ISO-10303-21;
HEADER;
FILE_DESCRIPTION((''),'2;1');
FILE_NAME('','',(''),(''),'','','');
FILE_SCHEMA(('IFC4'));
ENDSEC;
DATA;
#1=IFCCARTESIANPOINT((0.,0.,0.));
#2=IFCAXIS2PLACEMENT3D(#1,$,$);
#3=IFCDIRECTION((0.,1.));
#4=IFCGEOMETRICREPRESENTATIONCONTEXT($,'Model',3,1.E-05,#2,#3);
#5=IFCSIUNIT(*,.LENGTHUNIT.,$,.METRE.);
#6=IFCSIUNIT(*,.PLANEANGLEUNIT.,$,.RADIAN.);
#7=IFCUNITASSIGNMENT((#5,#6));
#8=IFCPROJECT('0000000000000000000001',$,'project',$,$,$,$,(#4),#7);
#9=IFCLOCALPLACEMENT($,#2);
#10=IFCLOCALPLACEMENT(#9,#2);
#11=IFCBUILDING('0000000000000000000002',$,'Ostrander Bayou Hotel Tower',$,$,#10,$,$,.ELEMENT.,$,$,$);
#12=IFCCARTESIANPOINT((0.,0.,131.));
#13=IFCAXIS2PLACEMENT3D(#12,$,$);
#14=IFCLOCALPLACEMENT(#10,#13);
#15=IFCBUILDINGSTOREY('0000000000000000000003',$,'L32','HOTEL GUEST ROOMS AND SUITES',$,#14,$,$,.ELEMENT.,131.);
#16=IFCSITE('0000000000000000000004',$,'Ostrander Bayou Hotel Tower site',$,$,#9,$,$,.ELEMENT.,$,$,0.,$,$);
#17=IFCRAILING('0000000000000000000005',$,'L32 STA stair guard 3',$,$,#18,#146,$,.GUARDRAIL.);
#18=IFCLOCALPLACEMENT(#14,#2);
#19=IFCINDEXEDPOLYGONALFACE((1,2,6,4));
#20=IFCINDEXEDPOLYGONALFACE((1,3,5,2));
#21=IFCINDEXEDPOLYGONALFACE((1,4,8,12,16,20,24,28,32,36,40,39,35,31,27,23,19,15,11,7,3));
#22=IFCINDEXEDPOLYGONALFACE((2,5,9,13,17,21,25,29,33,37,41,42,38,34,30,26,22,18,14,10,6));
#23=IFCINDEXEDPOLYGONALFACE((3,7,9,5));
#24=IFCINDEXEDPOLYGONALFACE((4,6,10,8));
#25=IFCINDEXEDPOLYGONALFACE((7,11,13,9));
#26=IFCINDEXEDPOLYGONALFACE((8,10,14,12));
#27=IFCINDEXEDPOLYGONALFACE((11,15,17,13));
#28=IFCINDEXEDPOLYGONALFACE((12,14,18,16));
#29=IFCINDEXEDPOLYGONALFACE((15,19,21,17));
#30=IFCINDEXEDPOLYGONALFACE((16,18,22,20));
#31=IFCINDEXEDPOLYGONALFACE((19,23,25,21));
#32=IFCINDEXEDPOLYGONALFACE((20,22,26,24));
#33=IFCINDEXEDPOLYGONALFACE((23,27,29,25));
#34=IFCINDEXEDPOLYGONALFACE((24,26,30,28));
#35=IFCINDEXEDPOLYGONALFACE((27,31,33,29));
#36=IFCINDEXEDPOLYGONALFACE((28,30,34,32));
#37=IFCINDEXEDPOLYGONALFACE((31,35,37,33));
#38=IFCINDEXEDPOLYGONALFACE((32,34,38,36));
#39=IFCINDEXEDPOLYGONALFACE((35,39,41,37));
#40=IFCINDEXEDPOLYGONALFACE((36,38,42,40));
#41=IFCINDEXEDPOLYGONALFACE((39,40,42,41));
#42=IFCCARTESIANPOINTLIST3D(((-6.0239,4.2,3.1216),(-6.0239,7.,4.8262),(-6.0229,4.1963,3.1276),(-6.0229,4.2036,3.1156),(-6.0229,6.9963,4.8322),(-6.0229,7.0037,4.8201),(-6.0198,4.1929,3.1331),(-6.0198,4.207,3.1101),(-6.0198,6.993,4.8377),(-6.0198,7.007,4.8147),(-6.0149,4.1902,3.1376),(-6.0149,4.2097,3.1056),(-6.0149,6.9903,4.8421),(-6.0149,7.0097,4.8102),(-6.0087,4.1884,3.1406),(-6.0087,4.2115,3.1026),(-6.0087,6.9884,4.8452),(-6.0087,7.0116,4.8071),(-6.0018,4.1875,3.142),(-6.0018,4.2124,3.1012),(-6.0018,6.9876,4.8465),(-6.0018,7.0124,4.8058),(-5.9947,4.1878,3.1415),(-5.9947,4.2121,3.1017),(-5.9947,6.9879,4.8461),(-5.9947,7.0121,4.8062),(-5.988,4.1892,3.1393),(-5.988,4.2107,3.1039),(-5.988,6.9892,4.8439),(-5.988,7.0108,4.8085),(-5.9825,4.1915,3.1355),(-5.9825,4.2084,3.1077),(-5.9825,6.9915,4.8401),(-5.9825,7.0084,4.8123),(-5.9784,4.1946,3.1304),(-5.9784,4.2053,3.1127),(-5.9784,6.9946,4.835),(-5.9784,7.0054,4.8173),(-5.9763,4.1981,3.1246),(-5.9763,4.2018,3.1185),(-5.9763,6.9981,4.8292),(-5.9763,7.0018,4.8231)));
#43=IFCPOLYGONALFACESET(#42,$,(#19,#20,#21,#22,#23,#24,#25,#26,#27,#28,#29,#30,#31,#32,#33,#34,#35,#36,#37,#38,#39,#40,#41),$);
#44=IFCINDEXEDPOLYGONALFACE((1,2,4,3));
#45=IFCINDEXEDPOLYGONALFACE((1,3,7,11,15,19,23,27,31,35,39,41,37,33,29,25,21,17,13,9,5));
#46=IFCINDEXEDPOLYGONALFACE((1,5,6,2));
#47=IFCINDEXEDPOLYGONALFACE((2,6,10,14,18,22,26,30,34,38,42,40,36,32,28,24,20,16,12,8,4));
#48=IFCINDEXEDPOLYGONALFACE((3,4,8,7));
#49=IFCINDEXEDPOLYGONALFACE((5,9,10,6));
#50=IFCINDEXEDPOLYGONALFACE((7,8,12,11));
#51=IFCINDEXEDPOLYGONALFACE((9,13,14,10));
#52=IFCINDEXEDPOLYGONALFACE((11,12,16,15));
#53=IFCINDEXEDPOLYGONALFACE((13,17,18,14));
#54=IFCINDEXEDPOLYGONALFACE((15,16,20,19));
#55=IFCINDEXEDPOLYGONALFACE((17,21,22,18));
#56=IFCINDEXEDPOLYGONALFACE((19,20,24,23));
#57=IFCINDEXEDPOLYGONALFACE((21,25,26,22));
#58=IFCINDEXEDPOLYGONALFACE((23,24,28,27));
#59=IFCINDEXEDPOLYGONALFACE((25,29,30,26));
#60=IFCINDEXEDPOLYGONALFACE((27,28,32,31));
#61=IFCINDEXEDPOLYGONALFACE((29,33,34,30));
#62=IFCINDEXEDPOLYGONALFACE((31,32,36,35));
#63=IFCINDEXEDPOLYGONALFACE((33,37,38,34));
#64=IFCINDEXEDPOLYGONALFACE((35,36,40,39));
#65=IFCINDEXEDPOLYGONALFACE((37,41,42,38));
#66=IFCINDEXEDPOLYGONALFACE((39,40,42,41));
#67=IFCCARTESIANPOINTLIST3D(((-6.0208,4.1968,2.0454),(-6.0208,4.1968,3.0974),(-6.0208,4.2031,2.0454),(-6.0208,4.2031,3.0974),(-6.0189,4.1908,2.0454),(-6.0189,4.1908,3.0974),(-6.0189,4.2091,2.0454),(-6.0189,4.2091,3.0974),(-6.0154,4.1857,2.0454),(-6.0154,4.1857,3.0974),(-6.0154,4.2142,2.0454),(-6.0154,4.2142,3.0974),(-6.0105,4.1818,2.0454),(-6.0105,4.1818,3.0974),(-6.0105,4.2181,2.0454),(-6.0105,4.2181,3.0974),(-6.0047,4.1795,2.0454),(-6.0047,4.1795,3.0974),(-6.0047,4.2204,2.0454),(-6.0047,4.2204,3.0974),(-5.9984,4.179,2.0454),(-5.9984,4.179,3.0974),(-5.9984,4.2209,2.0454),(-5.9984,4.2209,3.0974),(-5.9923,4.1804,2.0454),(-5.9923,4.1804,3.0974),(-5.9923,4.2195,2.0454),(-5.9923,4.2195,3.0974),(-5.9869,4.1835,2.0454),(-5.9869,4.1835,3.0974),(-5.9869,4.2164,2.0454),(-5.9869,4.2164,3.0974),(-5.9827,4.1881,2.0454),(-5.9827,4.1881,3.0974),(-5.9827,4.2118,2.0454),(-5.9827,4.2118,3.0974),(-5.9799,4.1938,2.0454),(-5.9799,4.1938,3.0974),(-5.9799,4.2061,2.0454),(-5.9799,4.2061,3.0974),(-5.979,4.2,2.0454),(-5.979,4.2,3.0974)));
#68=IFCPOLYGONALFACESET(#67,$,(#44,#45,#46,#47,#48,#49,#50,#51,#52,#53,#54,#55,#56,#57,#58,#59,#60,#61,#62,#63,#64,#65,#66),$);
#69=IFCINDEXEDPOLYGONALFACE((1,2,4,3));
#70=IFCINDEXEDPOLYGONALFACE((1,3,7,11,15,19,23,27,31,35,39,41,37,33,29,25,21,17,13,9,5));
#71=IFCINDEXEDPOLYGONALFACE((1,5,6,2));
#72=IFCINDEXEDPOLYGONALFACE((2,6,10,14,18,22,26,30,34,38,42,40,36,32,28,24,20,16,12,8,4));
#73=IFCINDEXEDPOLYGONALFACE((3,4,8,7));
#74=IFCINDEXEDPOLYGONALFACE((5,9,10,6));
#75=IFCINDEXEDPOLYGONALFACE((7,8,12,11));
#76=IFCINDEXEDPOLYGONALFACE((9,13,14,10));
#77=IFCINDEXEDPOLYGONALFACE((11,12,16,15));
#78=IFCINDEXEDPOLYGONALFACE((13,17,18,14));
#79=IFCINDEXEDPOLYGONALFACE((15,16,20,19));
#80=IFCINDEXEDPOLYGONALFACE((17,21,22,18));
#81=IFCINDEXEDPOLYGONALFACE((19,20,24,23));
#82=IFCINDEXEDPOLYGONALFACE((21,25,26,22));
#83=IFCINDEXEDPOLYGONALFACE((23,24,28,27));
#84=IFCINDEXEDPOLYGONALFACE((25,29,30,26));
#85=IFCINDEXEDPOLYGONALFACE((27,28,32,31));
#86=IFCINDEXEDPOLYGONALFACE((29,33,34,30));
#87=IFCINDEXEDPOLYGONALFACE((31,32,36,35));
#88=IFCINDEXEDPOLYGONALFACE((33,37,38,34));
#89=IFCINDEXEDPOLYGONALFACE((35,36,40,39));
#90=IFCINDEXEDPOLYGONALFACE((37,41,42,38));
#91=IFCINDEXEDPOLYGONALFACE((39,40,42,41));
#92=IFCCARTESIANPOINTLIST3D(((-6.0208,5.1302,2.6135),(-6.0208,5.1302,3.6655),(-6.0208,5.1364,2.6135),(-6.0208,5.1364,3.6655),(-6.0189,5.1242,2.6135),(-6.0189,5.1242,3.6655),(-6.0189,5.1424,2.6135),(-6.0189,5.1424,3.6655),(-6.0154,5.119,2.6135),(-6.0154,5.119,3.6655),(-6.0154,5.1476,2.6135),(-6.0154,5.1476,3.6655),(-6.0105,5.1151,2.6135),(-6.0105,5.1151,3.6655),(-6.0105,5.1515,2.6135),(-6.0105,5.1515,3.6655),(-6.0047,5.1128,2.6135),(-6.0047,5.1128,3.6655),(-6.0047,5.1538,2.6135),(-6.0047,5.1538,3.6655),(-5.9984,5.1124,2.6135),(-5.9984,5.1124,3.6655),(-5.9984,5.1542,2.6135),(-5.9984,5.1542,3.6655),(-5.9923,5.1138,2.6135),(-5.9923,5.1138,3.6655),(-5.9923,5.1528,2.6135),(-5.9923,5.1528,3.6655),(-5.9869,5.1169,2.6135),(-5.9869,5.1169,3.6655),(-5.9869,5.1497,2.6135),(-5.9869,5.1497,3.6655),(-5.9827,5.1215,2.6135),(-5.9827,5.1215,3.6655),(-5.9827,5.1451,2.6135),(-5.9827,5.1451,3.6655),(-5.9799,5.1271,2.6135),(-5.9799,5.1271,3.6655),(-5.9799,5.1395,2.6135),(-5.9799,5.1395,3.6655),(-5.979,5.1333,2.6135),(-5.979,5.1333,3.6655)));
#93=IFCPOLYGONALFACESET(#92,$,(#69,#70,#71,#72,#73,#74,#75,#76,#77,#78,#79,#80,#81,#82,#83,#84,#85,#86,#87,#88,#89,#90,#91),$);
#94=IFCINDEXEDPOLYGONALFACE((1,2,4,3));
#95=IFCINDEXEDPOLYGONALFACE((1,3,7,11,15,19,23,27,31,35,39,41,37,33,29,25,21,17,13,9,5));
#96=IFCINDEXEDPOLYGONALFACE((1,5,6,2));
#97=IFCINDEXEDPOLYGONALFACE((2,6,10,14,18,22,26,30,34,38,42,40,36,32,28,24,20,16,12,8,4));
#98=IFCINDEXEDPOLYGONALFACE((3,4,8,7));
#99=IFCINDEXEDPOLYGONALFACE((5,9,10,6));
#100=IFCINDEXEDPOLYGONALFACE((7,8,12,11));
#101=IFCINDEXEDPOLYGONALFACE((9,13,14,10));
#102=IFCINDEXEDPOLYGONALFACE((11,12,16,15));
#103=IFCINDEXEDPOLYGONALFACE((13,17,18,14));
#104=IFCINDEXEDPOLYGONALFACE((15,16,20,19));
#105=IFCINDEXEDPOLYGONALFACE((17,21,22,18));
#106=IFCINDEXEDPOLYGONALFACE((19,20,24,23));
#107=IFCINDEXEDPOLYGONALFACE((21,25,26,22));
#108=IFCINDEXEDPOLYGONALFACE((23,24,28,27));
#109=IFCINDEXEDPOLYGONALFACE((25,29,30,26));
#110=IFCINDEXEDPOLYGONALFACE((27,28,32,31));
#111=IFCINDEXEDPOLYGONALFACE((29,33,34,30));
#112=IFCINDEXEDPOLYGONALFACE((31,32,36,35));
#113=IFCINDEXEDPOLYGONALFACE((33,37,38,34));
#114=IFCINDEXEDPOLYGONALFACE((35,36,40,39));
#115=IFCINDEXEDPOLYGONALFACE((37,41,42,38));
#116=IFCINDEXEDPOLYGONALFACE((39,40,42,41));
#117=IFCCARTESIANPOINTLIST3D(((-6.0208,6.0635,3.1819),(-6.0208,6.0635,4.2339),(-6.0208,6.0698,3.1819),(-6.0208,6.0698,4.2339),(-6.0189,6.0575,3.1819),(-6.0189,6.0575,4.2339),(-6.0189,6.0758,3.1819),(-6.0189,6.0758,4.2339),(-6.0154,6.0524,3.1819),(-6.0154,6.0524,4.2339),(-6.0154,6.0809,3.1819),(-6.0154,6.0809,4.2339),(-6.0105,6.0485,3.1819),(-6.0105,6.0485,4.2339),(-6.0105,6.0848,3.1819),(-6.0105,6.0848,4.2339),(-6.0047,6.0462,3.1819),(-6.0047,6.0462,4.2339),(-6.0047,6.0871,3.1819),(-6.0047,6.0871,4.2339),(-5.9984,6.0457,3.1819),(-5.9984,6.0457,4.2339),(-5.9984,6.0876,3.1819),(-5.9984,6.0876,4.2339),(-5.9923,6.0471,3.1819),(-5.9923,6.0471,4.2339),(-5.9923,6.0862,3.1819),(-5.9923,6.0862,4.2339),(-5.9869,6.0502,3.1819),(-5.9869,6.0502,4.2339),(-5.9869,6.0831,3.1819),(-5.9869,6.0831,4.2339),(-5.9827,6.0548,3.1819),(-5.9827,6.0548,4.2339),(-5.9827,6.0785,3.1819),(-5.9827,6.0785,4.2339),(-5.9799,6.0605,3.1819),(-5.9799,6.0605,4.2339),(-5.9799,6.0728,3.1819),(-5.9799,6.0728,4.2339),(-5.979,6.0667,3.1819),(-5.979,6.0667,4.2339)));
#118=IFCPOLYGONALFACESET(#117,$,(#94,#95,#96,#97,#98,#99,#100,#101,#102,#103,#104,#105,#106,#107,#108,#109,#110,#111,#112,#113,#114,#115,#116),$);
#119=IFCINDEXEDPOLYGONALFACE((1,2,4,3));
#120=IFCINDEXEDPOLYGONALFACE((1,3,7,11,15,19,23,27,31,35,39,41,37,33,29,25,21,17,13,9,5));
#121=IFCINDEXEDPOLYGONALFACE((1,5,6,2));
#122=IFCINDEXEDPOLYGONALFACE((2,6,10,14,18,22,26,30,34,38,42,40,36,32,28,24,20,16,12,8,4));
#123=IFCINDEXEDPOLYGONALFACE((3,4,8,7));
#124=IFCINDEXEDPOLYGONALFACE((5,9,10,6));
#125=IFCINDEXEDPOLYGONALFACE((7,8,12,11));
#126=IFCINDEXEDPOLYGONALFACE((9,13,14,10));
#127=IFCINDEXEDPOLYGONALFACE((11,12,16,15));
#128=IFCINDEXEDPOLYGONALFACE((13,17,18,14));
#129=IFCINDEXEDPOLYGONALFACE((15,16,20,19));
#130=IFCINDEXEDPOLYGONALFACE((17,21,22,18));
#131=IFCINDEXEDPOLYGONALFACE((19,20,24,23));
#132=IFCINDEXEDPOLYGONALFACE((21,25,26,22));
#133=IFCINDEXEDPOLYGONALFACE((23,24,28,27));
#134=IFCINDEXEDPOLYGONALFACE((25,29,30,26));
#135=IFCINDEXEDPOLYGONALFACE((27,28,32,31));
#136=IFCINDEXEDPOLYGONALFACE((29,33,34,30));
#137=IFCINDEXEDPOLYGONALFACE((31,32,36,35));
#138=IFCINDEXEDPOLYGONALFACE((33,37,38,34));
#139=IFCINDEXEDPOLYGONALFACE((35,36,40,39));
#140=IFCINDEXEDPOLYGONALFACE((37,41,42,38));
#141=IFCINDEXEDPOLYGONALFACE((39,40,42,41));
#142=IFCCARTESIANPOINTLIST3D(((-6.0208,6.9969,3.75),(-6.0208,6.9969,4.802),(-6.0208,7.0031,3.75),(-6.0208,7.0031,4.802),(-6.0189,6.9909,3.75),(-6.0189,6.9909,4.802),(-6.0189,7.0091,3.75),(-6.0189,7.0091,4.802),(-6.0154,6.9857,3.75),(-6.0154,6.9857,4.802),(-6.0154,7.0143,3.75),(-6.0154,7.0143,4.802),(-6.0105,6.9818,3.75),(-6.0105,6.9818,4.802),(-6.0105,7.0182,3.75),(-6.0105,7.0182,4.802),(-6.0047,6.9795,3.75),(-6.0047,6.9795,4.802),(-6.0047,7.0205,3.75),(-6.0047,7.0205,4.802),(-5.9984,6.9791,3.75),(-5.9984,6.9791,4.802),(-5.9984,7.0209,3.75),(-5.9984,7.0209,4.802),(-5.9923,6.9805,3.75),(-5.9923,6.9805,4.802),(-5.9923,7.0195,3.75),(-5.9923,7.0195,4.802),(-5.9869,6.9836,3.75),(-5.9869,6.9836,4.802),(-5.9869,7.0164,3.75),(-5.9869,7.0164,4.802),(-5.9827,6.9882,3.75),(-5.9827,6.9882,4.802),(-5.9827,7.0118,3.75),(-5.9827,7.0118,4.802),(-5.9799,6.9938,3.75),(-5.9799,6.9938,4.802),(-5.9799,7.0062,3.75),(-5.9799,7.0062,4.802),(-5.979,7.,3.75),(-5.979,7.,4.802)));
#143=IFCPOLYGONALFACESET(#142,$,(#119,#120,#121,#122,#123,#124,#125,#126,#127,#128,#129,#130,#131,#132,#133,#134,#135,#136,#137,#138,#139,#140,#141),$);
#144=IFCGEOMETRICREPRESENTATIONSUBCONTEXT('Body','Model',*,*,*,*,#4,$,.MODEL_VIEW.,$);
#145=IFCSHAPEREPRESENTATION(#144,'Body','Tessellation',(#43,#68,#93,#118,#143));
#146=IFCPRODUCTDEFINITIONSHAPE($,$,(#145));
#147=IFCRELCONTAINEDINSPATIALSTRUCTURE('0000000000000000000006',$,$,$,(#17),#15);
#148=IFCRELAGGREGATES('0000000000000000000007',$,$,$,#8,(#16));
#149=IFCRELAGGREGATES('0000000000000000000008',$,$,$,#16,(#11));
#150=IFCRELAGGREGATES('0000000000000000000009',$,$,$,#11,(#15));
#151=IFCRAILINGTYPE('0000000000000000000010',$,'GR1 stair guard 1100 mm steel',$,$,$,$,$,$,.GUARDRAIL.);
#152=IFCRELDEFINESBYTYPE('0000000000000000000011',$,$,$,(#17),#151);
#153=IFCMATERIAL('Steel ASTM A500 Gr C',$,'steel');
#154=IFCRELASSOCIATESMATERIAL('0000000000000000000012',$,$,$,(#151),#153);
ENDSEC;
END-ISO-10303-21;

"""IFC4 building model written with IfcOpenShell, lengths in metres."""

from ifc_helpers import new_model, si_unit, direction, frame, origin, origin_2d, place, context, subcontext, project, spatial, circle, extrude, material, type_object, element, save


model = new_model("IFC4")

# Units and contexts
model_context = context("Model", 3, precision=1e-05, world=origin(), true_north=direction((0.0, 1.0)))
body_context = subcontext(model_context, "Body", "Model", "MODEL_VIEW")
ifc_project = project(units=[si_unit("LENGTHUNIT", "METRE"), si_unit("PLANEANGLEUNIT", "RADIAN")], contexts=[model_context])

# Site, building, storey
site_placement = place(None, origin())
site = spatial("IfcSite", under=ifc_project, at=site_placement, Name="Ostrander Bayou Hotel Tower site", CompositionType="ELEMENT", RefElevation=0.0)
building_placement = place(site_placement, origin())
building = spatial("IfcBuilding", under=site, at=building_placement, Name="Ostrander Bayou Hotel Tower", CompositionType="ELEMENT")
storey_placement = place(building_placement, frame((0.0, 0.0, 131.0)))
storey = spatial("IfcBuildingStorey", under=building, at=storey_placement, Name="L32", Description="HOTEL GUEST ROOMS AND SUITES", CompositionType="ELEMENT", Elevation=131.0)

# Railing
ifc_material_1 = material(Name="Steel ASTM A500 Gr C", Category="steel")
railing_type_1 = type_object("IfcRailingType", Name="GR1 stair guard 1100 mm steel", PredefinedType="GUARDRAIL", material=ifc_material_1)
railing_1_placement = place(storey_placement, frame((-6.0, 4.2, 2.0454)))
element("IfcRailing", 1, at=railing_1_placement, inside=storey, type_object=railing_type_1, Name="L32 STA stair guard 3", PredefinedType="GUARDRAIL", context=body_context, shape_type="SweptSolid", body=[
    extrude(circle(Radius=0.0239, at=origin_2d()), frame((0.0, 0.0, 1.0762), z_axis=(0.0, 0.85417, 0.519994), x_axis=(-1.0, 0.0, 0.0)), (0.0, 0.0, 1.0), 3.2781),
    extrude(circle(Radius=0.021, at=origin_2d()), origin(), (0.0, 0.0, 1.0), 1.052),
    extrude(circle(Radius=0.021, at=origin_2d()), frame((0.0, 0.9333, 0.5681)), (0.0, 0.0, 1.0), 1.052),
    extrude(circle(Radius=0.021, at=origin_2d()), frame((0.0, 1.8667, 1.1365)), (0.0, 0.0, 1.0), 1.052),
    extrude(circle(Radius=0.021, at=origin_2d()), frame((0.0, 2.8, 1.7046)), (0.0, 0.0, 1.0), 1.052),
])

save(model, "model.ifc")
